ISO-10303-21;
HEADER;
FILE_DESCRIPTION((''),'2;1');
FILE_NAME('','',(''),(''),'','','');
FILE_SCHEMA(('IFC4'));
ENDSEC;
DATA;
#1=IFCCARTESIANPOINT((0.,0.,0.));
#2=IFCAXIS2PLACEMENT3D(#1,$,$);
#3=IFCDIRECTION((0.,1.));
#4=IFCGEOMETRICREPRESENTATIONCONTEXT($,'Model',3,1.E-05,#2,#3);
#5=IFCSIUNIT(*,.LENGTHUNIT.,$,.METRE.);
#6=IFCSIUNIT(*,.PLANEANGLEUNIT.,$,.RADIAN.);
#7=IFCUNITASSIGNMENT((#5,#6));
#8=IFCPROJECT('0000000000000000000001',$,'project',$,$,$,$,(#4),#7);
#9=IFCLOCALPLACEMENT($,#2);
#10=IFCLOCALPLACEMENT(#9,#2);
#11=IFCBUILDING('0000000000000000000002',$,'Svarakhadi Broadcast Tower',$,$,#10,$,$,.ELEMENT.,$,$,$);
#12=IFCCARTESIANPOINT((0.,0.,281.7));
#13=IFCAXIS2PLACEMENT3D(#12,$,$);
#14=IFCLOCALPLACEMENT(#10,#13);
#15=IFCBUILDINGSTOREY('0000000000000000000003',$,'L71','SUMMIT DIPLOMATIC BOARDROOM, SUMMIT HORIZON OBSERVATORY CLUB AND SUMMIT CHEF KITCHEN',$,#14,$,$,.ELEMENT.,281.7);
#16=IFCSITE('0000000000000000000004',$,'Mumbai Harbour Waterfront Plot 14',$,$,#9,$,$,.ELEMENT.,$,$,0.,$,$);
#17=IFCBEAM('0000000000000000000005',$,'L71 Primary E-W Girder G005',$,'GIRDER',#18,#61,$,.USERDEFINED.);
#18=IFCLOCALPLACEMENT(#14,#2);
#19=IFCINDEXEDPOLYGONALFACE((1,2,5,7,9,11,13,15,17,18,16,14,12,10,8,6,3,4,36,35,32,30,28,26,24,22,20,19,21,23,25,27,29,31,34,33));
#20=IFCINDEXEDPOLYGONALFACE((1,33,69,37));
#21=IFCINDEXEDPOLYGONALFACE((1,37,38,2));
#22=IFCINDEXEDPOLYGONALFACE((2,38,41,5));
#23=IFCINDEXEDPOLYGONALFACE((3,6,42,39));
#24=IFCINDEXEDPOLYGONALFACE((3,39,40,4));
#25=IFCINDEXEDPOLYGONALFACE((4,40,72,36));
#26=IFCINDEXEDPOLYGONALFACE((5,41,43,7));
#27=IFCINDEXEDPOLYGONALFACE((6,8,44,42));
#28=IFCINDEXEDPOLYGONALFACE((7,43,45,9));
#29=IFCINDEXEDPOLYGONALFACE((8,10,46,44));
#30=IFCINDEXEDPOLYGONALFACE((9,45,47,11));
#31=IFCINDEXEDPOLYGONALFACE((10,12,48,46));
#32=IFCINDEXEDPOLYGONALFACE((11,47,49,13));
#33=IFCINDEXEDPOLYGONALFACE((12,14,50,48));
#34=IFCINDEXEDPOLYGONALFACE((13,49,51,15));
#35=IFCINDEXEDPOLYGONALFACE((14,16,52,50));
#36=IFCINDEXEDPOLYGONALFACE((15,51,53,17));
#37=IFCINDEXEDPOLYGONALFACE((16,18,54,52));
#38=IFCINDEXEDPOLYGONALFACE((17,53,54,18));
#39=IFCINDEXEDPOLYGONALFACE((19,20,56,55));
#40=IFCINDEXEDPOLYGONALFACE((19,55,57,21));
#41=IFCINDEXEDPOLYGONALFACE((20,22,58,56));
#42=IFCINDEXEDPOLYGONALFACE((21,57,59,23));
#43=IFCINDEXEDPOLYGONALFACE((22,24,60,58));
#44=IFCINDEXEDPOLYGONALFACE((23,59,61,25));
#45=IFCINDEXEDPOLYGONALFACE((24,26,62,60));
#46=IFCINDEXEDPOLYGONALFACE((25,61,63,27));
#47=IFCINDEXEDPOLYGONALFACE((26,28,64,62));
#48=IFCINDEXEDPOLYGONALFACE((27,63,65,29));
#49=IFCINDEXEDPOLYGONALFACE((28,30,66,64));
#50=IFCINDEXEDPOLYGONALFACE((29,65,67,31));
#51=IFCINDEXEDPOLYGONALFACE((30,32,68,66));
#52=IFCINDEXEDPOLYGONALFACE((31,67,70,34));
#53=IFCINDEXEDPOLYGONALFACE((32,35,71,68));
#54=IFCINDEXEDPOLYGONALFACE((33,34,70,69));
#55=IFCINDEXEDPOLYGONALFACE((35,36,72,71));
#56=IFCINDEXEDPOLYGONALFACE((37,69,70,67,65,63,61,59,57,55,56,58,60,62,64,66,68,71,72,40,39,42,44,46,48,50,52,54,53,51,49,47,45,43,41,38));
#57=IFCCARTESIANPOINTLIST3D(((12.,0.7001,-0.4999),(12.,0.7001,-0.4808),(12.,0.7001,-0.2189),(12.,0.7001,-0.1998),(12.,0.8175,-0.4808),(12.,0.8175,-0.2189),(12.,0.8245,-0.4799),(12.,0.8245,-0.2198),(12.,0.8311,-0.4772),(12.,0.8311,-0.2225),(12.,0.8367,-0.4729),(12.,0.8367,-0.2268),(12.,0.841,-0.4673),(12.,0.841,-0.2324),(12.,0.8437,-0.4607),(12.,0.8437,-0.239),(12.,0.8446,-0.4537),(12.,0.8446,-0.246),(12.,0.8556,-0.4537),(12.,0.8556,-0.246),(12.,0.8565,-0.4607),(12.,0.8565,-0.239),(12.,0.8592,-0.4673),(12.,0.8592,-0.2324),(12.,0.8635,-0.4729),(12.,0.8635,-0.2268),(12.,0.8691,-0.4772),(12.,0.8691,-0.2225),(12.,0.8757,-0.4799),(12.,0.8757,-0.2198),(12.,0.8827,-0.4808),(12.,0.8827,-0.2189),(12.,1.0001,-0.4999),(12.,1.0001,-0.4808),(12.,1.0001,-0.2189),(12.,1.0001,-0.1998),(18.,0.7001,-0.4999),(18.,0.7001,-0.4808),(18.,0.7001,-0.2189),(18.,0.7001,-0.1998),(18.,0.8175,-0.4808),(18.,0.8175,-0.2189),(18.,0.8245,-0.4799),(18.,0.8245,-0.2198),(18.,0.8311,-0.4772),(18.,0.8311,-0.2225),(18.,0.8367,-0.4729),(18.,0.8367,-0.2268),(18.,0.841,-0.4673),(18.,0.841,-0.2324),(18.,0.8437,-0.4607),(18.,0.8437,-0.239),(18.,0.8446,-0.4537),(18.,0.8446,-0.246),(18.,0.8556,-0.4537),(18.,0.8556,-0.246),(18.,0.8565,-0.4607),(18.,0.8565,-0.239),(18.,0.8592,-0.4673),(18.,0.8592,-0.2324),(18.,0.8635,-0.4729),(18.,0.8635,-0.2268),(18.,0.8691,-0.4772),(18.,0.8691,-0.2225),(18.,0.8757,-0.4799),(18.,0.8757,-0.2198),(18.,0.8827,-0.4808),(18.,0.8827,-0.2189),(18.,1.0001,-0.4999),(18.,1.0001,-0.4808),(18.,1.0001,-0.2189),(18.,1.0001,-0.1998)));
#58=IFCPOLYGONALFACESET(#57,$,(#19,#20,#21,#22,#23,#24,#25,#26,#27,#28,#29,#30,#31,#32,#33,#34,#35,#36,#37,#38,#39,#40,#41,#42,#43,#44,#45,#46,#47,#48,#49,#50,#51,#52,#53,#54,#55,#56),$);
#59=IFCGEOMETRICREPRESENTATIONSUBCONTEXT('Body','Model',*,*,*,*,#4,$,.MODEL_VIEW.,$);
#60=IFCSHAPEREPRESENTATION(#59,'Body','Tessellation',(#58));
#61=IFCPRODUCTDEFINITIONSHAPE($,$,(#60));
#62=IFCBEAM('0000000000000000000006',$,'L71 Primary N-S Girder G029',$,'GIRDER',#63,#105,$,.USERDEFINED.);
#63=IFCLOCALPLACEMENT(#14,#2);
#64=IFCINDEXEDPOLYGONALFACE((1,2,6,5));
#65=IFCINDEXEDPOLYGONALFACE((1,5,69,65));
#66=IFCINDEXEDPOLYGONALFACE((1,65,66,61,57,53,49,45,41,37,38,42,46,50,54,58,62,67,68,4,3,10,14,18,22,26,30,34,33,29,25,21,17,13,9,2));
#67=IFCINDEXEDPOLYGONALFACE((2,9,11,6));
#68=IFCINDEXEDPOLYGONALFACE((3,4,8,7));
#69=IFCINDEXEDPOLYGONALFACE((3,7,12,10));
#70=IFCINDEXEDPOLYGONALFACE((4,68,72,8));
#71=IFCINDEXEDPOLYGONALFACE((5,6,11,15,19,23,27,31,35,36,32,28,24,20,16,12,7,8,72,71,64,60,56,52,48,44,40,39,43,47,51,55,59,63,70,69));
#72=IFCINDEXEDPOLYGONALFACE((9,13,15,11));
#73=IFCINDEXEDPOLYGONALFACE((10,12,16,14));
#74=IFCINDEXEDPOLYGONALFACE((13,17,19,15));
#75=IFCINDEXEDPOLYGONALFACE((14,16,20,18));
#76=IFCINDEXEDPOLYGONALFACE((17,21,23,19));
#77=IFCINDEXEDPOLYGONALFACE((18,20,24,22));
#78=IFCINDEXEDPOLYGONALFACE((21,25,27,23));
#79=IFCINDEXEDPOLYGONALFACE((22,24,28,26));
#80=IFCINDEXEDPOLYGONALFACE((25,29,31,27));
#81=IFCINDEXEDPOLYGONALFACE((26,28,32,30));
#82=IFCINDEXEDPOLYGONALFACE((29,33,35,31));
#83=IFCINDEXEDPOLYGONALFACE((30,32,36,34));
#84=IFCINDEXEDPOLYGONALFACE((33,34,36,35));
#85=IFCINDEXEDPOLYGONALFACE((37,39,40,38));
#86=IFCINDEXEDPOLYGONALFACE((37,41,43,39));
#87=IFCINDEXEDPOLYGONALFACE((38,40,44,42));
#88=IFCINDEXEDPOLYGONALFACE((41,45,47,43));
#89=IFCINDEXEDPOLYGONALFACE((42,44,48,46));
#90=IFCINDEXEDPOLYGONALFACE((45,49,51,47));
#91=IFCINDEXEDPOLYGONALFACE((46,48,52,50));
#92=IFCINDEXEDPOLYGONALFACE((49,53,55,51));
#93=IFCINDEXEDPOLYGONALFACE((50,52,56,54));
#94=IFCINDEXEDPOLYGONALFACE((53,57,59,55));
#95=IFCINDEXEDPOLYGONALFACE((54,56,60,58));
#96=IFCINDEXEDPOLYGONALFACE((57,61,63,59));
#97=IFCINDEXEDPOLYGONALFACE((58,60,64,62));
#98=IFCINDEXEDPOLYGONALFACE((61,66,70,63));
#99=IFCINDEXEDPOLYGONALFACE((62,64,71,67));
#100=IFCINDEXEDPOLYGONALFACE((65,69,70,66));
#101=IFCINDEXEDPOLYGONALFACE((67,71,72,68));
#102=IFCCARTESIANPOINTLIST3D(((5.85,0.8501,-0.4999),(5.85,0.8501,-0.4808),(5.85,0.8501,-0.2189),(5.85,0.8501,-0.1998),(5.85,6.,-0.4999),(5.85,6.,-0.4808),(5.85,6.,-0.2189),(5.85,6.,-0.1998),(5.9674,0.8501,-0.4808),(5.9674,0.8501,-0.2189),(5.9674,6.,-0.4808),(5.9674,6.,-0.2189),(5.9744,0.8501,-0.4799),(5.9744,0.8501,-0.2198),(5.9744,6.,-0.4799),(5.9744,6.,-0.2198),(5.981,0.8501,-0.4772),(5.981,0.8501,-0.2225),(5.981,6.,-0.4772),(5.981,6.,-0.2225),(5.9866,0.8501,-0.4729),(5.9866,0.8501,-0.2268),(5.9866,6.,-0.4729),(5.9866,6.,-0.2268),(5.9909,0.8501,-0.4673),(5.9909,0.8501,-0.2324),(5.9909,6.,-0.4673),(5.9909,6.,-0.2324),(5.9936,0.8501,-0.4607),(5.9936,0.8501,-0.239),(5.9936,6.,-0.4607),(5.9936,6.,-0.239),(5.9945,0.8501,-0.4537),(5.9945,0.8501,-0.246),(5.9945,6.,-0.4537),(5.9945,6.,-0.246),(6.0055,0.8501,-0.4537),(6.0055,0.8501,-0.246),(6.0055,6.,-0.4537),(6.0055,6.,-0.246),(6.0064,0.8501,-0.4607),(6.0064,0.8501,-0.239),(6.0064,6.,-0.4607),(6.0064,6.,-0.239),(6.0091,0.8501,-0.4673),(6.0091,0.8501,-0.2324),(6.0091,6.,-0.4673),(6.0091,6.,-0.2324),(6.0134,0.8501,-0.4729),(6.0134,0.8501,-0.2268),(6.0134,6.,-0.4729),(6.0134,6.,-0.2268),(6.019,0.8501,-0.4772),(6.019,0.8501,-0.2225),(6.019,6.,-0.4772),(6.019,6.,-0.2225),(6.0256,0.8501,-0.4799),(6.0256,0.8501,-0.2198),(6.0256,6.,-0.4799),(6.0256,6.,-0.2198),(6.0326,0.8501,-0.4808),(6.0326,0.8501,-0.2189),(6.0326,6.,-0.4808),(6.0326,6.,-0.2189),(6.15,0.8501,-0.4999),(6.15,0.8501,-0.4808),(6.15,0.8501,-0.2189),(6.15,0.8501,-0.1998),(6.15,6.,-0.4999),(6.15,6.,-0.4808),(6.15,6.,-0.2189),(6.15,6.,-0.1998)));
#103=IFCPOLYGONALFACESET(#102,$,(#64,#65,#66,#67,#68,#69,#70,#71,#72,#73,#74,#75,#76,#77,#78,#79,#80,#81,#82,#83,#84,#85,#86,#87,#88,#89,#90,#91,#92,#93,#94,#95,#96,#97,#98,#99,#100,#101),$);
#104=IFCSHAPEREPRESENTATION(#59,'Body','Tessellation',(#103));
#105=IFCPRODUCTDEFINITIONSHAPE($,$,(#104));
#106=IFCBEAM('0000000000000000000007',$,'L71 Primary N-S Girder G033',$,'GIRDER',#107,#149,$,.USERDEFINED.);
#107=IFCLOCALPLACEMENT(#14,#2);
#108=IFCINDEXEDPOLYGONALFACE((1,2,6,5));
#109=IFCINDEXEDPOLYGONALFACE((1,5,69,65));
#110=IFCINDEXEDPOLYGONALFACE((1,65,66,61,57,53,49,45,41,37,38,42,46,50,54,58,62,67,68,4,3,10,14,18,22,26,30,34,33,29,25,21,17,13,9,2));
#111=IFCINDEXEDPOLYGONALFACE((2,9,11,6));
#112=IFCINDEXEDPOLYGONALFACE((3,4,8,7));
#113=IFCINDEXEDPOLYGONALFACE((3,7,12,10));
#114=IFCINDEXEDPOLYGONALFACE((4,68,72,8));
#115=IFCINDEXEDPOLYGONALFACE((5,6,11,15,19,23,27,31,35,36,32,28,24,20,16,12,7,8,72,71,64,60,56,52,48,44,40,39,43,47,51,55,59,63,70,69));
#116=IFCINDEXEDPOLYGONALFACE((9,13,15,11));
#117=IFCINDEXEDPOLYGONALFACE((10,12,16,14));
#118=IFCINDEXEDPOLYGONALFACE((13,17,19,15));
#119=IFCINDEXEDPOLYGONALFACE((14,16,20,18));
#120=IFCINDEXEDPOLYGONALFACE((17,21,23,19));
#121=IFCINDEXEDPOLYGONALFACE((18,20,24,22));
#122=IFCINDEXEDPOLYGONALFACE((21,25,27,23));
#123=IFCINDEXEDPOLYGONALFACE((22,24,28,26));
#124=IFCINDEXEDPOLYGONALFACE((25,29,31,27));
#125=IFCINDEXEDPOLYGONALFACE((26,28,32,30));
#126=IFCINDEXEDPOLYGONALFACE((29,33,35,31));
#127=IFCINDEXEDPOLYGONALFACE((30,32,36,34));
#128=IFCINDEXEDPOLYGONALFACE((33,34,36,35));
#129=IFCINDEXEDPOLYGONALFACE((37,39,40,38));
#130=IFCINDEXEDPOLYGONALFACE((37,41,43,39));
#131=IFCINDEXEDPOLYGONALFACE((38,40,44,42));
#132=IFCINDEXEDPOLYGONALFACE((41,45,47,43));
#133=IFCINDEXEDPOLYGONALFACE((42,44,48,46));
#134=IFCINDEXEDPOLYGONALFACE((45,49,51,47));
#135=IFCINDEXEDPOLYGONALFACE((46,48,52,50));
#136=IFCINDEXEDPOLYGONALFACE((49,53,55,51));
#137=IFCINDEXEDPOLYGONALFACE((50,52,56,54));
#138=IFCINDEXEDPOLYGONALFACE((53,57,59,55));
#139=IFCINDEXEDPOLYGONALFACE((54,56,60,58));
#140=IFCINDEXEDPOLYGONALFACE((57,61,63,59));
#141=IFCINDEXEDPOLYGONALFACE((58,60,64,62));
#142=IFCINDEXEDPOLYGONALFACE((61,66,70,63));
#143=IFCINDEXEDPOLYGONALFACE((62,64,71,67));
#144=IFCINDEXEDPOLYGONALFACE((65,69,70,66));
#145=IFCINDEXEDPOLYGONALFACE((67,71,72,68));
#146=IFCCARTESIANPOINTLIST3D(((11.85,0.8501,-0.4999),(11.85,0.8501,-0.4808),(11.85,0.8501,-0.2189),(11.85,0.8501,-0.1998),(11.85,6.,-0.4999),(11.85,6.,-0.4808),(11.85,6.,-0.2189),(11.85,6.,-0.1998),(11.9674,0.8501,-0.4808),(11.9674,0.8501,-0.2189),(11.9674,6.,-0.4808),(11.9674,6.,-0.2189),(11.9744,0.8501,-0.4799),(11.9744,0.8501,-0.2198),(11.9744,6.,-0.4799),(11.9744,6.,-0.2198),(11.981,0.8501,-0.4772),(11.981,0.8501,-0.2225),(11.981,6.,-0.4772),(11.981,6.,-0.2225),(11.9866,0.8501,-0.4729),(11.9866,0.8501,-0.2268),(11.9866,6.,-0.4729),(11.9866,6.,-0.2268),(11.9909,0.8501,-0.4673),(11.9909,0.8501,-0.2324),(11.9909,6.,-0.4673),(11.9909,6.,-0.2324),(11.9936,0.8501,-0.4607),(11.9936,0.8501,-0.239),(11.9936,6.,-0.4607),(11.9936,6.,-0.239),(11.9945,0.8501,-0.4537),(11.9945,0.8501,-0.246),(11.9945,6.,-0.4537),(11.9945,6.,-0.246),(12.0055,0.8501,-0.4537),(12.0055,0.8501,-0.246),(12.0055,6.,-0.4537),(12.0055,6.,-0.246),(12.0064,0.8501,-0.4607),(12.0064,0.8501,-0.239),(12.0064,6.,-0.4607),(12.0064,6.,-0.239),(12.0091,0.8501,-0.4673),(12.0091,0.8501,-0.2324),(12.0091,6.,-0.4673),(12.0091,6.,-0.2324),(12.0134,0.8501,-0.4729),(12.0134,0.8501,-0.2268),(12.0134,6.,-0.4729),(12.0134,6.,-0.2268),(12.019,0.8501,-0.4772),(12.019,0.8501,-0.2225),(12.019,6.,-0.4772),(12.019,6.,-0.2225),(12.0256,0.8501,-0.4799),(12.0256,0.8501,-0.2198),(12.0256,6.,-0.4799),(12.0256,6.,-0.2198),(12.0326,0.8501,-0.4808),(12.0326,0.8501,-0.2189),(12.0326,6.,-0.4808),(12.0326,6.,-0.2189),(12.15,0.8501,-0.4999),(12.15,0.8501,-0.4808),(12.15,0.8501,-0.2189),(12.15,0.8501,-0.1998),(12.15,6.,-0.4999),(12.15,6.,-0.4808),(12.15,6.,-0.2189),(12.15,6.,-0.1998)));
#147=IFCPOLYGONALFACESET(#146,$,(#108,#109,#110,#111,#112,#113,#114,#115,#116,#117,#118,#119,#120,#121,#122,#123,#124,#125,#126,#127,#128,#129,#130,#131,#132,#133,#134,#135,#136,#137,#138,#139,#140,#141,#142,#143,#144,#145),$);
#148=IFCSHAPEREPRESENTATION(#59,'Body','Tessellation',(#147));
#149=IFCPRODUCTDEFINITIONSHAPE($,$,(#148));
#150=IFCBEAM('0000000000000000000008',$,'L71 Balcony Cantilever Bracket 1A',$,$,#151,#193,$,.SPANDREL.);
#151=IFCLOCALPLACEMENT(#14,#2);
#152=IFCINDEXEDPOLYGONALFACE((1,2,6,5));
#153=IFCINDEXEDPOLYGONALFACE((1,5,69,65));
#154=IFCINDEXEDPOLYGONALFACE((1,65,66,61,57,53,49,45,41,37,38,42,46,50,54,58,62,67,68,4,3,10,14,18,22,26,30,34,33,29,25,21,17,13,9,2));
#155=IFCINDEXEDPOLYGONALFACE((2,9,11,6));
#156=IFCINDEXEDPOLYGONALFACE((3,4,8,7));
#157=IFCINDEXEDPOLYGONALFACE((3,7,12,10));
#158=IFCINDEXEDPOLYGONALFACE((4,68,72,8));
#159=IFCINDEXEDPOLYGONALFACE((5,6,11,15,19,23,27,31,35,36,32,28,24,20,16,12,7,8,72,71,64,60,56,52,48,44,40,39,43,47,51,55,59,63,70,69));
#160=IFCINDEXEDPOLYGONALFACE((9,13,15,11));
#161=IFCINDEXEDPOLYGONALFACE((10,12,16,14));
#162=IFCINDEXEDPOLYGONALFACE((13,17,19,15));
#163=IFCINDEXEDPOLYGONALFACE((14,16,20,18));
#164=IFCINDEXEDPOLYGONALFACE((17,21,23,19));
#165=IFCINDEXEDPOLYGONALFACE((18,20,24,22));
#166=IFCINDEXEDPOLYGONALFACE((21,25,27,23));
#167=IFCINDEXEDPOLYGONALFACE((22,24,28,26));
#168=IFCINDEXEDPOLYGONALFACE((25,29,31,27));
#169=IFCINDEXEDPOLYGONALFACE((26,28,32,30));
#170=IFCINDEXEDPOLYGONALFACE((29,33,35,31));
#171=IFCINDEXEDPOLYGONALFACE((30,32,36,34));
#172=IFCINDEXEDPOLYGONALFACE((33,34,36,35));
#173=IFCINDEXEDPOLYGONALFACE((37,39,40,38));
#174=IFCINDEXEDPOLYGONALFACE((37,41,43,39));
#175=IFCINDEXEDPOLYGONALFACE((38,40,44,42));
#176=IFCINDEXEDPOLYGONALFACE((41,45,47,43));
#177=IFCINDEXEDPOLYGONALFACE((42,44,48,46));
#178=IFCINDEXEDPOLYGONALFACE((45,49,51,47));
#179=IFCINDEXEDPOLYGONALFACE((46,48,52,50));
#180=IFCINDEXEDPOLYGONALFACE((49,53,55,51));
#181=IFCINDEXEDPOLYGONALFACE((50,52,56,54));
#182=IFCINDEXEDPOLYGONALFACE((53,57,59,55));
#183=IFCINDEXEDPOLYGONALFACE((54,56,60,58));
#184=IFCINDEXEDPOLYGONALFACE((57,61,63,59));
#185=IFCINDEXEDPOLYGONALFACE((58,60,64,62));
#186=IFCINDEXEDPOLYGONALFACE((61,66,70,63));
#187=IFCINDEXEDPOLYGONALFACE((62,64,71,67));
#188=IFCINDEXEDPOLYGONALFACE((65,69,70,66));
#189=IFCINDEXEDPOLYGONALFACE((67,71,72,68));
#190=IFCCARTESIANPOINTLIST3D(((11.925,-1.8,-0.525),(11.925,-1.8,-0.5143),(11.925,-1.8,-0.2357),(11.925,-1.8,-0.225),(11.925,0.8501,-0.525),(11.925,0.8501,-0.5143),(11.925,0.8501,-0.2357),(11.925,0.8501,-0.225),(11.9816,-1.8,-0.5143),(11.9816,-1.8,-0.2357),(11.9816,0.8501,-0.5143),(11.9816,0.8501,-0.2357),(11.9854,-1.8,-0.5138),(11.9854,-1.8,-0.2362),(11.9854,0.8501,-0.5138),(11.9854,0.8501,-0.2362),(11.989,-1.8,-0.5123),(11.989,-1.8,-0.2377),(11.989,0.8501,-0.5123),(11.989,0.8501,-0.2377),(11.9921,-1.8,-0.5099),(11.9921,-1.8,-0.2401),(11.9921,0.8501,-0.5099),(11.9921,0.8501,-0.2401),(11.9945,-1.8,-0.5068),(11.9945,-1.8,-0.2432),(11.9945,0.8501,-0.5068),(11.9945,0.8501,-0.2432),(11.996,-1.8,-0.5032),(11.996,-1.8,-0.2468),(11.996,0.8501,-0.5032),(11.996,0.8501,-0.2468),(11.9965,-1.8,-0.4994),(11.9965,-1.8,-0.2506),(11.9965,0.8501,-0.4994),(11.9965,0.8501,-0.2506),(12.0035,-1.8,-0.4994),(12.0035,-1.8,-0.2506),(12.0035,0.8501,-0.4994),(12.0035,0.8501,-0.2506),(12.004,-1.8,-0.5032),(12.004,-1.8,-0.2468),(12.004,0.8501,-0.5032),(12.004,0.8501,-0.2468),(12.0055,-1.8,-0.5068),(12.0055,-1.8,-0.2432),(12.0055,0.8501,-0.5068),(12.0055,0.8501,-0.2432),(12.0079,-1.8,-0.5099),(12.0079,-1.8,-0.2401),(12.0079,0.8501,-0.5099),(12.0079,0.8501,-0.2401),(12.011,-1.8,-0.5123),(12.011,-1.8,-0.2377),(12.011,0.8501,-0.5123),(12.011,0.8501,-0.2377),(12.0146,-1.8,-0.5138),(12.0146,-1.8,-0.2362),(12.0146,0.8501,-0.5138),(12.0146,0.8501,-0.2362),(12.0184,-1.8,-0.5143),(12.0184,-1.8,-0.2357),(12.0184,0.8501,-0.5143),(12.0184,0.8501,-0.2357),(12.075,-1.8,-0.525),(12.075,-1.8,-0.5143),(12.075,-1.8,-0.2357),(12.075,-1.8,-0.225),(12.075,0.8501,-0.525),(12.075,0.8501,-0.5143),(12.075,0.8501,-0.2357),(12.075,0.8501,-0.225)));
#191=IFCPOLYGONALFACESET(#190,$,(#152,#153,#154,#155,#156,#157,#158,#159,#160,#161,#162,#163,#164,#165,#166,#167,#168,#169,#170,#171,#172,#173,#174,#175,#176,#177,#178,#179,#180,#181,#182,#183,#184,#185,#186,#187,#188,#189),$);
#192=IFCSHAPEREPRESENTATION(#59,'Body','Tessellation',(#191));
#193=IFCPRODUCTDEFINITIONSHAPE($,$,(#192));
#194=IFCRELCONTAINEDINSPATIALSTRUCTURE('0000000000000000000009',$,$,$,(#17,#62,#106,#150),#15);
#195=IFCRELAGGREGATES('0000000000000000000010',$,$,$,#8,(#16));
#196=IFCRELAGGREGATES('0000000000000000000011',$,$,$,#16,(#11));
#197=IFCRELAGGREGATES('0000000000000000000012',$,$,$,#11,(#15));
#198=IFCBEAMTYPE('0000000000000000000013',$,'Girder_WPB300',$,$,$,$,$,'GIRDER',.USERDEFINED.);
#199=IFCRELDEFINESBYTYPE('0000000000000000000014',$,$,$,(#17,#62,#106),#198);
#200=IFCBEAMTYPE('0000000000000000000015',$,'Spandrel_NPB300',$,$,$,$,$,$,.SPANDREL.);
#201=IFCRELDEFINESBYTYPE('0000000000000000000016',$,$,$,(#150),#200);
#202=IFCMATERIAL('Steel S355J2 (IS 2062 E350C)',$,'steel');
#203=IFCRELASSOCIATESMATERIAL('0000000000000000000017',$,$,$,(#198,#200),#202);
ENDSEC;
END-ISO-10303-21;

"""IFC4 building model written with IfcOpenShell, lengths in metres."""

from ifc_helpers import new_model, si_unit, direction, frame, origin, origin_2d, place, context, subcontext, project, spatial, i_section, extrude, material, material_profile, profile_set, type_object, element, save


model = new_model("IFC4")

# Units and contexts
model_context = context("Model", 3, precision=1e-05, world=origin(), true_north=direction((0.0, 1.0)))
body_context = subcontext(model_context, "Body", "Model", "MODEL_VIEW")
ifc_project = project(units=[si_unit("LENGTHUNIT", "METRE"), si_unit("PLANEANGLEUNIT", "RADIAN")], contexts=[model_context])

# Site, building, storey
site_placement = place(None, origin())
site = spatial("IfcSite", under=ifc_project, at=site_placement, Name="Mumbai Harbour Waterfront Plot 14", CompositionType="ELEMENT", RefElevation=0.0)
building_placement = place(site_placement, origin())
building = spatial("IfcBuilding", under=site, at=building_placement, Name="Svarakhadi Broadcast Tower", CompositionType="ELEMENT")
storey_placement = place(building_placement, frame((0.0, 0.0, 281.7)))
storey = spatial("IfcBuildingStorey", under=building, at=storey_placement, Name="L71", Description="SUMMIT DIPLOMATIC BOARDROOM, SUMMIT HORIZON OBSERVATORY CLUB AND SUMMIT CHEF KITCHEN", CompositionType="ELEMENT", Elevation=281.7)

# Beams
ifc_material_1 = material(Name="Steel S355J2 (IS 2062 E350C)", Category="steel")
ifc_material_profile_1 = material_profile(ifc_material_1, i_section(OverallWidth=0.3, OverallDepth=0.3, WebThickness=0.011, FlangeThickness=0.019, FilletRadius=0.0271, at=origin_2d()), Name="WPB 300x300x117")
ifc_profile_set_1 = profile_set([ifc_material_profile_1], Name="Steel S355J2 (IS 2062 E350C)")
beam_type_1 = type_object("IfcBeamType", Name="Girder_WPB300", ElementType="GIRDER", PredefinedType="USERDEFINED", material=ifc_profile_set_1)
for number, where, z_axis, x_axis, name in (
    (1, (12.0, 0.8501, -0.3499), (1.0, 0.0, 0.0), (0.0, 1.0, 0.0), "L71 Primary E-W Girder G005"),
):
    element("IfcBeam", number, at=place(storey_placement, frame(where, z_axis=z_axis, x_axis=x_axis)), inside=storey, type_object=beam_type_1, Name=name, ObjectType="GIRDER", PredefinedType="USERDEFINED", context=body_context, shape_type="SweptSolid", body=[
        extrude(i_section(OverallWidth=0.3, OverallDepth=0.3, WebThickness=0.011, FlangeThickness=0.019, FilletRadius=0.0271, at=origin_2d()), origin(), (0.0, 0.0, 1.0), 6.0),
    ])
for number, where, z_axis, x_axis, name in (
    (2, (6.0, 0.8501, -0.3499), (0.0, 1.0, 0.0), (-1.0, 0.0, 0.0), "L71 Primary N-S Girder G029"),
    (3, (12.0, 0.8501, -0.3499), (0.0, 1.0, 0.0), (-1.0, 0.0, 0.0), "L71 Primary N-S Girder G033"),
):
    element("IfcBeam", number, at=place(storey_placement, frame(where, z_axis=z_axis, x_axis=x_axis)), inside=storey, type_object=beam_type_1, Name=name, ObjectType="GIRDER", PredefinedType="USERDEFINED", context=body_context, shape_type="SweptSolid", body=[
        extrude(i_section(OverallWidth=0.3, OverallDepth=0.3, WebThickness=0.011, FlangeThickness=0.019, FilletRadius=0.0271, at=origin_2d()), origin(), (0.0, 0.0, 1.0), 5.1499),
    ])
ifc_material_profile_2 = material_profile(ifc_material_1, i_section(OverallWidth=0.1499, OverallDepth=0.3, WebThickness=0.0071, FlangeThickness=0.0107, FilletRadius=0.0149, at=origin_2d()), Name="NPB 300x150x37")
ifc_profile_set_2 = profile_set([ifc_material_profile_2], Name="Steel S355J2 (IS 2062 E350C)")
beam_type_2 = type_object("IfcBeamType", Name="Spandrel_NPB300", PredefinedType="SPANDREL", material=ifc_profile_set_2)
beam_1_placement = place(storey_placement, frame((12.0, 0.8501, -0.375), z_axis=(0.0, -1.0, 0.0), x_axis=(1.0, 0.0, 0.0)))
element("IfcBeam", 4, at=beam_1_placement, inside=storey, type_object=beam_type_2, Name="L71 Balcony Cantilever Bracket 1A", PredefinedType="SPANDREL", context=body_context, shape_type="SweptSolid", body=[
    extrude(i_section(OverallWidth=0.1499, OverallDepth=0.3, WebThickness=0.0071, FlangeThickness=0.0107, FilletRadius=0.0149, at=origin_2d()), origin(), (0.0, 0.0, 1.0), 2.6501),
])

save(model, "model.ifc")
